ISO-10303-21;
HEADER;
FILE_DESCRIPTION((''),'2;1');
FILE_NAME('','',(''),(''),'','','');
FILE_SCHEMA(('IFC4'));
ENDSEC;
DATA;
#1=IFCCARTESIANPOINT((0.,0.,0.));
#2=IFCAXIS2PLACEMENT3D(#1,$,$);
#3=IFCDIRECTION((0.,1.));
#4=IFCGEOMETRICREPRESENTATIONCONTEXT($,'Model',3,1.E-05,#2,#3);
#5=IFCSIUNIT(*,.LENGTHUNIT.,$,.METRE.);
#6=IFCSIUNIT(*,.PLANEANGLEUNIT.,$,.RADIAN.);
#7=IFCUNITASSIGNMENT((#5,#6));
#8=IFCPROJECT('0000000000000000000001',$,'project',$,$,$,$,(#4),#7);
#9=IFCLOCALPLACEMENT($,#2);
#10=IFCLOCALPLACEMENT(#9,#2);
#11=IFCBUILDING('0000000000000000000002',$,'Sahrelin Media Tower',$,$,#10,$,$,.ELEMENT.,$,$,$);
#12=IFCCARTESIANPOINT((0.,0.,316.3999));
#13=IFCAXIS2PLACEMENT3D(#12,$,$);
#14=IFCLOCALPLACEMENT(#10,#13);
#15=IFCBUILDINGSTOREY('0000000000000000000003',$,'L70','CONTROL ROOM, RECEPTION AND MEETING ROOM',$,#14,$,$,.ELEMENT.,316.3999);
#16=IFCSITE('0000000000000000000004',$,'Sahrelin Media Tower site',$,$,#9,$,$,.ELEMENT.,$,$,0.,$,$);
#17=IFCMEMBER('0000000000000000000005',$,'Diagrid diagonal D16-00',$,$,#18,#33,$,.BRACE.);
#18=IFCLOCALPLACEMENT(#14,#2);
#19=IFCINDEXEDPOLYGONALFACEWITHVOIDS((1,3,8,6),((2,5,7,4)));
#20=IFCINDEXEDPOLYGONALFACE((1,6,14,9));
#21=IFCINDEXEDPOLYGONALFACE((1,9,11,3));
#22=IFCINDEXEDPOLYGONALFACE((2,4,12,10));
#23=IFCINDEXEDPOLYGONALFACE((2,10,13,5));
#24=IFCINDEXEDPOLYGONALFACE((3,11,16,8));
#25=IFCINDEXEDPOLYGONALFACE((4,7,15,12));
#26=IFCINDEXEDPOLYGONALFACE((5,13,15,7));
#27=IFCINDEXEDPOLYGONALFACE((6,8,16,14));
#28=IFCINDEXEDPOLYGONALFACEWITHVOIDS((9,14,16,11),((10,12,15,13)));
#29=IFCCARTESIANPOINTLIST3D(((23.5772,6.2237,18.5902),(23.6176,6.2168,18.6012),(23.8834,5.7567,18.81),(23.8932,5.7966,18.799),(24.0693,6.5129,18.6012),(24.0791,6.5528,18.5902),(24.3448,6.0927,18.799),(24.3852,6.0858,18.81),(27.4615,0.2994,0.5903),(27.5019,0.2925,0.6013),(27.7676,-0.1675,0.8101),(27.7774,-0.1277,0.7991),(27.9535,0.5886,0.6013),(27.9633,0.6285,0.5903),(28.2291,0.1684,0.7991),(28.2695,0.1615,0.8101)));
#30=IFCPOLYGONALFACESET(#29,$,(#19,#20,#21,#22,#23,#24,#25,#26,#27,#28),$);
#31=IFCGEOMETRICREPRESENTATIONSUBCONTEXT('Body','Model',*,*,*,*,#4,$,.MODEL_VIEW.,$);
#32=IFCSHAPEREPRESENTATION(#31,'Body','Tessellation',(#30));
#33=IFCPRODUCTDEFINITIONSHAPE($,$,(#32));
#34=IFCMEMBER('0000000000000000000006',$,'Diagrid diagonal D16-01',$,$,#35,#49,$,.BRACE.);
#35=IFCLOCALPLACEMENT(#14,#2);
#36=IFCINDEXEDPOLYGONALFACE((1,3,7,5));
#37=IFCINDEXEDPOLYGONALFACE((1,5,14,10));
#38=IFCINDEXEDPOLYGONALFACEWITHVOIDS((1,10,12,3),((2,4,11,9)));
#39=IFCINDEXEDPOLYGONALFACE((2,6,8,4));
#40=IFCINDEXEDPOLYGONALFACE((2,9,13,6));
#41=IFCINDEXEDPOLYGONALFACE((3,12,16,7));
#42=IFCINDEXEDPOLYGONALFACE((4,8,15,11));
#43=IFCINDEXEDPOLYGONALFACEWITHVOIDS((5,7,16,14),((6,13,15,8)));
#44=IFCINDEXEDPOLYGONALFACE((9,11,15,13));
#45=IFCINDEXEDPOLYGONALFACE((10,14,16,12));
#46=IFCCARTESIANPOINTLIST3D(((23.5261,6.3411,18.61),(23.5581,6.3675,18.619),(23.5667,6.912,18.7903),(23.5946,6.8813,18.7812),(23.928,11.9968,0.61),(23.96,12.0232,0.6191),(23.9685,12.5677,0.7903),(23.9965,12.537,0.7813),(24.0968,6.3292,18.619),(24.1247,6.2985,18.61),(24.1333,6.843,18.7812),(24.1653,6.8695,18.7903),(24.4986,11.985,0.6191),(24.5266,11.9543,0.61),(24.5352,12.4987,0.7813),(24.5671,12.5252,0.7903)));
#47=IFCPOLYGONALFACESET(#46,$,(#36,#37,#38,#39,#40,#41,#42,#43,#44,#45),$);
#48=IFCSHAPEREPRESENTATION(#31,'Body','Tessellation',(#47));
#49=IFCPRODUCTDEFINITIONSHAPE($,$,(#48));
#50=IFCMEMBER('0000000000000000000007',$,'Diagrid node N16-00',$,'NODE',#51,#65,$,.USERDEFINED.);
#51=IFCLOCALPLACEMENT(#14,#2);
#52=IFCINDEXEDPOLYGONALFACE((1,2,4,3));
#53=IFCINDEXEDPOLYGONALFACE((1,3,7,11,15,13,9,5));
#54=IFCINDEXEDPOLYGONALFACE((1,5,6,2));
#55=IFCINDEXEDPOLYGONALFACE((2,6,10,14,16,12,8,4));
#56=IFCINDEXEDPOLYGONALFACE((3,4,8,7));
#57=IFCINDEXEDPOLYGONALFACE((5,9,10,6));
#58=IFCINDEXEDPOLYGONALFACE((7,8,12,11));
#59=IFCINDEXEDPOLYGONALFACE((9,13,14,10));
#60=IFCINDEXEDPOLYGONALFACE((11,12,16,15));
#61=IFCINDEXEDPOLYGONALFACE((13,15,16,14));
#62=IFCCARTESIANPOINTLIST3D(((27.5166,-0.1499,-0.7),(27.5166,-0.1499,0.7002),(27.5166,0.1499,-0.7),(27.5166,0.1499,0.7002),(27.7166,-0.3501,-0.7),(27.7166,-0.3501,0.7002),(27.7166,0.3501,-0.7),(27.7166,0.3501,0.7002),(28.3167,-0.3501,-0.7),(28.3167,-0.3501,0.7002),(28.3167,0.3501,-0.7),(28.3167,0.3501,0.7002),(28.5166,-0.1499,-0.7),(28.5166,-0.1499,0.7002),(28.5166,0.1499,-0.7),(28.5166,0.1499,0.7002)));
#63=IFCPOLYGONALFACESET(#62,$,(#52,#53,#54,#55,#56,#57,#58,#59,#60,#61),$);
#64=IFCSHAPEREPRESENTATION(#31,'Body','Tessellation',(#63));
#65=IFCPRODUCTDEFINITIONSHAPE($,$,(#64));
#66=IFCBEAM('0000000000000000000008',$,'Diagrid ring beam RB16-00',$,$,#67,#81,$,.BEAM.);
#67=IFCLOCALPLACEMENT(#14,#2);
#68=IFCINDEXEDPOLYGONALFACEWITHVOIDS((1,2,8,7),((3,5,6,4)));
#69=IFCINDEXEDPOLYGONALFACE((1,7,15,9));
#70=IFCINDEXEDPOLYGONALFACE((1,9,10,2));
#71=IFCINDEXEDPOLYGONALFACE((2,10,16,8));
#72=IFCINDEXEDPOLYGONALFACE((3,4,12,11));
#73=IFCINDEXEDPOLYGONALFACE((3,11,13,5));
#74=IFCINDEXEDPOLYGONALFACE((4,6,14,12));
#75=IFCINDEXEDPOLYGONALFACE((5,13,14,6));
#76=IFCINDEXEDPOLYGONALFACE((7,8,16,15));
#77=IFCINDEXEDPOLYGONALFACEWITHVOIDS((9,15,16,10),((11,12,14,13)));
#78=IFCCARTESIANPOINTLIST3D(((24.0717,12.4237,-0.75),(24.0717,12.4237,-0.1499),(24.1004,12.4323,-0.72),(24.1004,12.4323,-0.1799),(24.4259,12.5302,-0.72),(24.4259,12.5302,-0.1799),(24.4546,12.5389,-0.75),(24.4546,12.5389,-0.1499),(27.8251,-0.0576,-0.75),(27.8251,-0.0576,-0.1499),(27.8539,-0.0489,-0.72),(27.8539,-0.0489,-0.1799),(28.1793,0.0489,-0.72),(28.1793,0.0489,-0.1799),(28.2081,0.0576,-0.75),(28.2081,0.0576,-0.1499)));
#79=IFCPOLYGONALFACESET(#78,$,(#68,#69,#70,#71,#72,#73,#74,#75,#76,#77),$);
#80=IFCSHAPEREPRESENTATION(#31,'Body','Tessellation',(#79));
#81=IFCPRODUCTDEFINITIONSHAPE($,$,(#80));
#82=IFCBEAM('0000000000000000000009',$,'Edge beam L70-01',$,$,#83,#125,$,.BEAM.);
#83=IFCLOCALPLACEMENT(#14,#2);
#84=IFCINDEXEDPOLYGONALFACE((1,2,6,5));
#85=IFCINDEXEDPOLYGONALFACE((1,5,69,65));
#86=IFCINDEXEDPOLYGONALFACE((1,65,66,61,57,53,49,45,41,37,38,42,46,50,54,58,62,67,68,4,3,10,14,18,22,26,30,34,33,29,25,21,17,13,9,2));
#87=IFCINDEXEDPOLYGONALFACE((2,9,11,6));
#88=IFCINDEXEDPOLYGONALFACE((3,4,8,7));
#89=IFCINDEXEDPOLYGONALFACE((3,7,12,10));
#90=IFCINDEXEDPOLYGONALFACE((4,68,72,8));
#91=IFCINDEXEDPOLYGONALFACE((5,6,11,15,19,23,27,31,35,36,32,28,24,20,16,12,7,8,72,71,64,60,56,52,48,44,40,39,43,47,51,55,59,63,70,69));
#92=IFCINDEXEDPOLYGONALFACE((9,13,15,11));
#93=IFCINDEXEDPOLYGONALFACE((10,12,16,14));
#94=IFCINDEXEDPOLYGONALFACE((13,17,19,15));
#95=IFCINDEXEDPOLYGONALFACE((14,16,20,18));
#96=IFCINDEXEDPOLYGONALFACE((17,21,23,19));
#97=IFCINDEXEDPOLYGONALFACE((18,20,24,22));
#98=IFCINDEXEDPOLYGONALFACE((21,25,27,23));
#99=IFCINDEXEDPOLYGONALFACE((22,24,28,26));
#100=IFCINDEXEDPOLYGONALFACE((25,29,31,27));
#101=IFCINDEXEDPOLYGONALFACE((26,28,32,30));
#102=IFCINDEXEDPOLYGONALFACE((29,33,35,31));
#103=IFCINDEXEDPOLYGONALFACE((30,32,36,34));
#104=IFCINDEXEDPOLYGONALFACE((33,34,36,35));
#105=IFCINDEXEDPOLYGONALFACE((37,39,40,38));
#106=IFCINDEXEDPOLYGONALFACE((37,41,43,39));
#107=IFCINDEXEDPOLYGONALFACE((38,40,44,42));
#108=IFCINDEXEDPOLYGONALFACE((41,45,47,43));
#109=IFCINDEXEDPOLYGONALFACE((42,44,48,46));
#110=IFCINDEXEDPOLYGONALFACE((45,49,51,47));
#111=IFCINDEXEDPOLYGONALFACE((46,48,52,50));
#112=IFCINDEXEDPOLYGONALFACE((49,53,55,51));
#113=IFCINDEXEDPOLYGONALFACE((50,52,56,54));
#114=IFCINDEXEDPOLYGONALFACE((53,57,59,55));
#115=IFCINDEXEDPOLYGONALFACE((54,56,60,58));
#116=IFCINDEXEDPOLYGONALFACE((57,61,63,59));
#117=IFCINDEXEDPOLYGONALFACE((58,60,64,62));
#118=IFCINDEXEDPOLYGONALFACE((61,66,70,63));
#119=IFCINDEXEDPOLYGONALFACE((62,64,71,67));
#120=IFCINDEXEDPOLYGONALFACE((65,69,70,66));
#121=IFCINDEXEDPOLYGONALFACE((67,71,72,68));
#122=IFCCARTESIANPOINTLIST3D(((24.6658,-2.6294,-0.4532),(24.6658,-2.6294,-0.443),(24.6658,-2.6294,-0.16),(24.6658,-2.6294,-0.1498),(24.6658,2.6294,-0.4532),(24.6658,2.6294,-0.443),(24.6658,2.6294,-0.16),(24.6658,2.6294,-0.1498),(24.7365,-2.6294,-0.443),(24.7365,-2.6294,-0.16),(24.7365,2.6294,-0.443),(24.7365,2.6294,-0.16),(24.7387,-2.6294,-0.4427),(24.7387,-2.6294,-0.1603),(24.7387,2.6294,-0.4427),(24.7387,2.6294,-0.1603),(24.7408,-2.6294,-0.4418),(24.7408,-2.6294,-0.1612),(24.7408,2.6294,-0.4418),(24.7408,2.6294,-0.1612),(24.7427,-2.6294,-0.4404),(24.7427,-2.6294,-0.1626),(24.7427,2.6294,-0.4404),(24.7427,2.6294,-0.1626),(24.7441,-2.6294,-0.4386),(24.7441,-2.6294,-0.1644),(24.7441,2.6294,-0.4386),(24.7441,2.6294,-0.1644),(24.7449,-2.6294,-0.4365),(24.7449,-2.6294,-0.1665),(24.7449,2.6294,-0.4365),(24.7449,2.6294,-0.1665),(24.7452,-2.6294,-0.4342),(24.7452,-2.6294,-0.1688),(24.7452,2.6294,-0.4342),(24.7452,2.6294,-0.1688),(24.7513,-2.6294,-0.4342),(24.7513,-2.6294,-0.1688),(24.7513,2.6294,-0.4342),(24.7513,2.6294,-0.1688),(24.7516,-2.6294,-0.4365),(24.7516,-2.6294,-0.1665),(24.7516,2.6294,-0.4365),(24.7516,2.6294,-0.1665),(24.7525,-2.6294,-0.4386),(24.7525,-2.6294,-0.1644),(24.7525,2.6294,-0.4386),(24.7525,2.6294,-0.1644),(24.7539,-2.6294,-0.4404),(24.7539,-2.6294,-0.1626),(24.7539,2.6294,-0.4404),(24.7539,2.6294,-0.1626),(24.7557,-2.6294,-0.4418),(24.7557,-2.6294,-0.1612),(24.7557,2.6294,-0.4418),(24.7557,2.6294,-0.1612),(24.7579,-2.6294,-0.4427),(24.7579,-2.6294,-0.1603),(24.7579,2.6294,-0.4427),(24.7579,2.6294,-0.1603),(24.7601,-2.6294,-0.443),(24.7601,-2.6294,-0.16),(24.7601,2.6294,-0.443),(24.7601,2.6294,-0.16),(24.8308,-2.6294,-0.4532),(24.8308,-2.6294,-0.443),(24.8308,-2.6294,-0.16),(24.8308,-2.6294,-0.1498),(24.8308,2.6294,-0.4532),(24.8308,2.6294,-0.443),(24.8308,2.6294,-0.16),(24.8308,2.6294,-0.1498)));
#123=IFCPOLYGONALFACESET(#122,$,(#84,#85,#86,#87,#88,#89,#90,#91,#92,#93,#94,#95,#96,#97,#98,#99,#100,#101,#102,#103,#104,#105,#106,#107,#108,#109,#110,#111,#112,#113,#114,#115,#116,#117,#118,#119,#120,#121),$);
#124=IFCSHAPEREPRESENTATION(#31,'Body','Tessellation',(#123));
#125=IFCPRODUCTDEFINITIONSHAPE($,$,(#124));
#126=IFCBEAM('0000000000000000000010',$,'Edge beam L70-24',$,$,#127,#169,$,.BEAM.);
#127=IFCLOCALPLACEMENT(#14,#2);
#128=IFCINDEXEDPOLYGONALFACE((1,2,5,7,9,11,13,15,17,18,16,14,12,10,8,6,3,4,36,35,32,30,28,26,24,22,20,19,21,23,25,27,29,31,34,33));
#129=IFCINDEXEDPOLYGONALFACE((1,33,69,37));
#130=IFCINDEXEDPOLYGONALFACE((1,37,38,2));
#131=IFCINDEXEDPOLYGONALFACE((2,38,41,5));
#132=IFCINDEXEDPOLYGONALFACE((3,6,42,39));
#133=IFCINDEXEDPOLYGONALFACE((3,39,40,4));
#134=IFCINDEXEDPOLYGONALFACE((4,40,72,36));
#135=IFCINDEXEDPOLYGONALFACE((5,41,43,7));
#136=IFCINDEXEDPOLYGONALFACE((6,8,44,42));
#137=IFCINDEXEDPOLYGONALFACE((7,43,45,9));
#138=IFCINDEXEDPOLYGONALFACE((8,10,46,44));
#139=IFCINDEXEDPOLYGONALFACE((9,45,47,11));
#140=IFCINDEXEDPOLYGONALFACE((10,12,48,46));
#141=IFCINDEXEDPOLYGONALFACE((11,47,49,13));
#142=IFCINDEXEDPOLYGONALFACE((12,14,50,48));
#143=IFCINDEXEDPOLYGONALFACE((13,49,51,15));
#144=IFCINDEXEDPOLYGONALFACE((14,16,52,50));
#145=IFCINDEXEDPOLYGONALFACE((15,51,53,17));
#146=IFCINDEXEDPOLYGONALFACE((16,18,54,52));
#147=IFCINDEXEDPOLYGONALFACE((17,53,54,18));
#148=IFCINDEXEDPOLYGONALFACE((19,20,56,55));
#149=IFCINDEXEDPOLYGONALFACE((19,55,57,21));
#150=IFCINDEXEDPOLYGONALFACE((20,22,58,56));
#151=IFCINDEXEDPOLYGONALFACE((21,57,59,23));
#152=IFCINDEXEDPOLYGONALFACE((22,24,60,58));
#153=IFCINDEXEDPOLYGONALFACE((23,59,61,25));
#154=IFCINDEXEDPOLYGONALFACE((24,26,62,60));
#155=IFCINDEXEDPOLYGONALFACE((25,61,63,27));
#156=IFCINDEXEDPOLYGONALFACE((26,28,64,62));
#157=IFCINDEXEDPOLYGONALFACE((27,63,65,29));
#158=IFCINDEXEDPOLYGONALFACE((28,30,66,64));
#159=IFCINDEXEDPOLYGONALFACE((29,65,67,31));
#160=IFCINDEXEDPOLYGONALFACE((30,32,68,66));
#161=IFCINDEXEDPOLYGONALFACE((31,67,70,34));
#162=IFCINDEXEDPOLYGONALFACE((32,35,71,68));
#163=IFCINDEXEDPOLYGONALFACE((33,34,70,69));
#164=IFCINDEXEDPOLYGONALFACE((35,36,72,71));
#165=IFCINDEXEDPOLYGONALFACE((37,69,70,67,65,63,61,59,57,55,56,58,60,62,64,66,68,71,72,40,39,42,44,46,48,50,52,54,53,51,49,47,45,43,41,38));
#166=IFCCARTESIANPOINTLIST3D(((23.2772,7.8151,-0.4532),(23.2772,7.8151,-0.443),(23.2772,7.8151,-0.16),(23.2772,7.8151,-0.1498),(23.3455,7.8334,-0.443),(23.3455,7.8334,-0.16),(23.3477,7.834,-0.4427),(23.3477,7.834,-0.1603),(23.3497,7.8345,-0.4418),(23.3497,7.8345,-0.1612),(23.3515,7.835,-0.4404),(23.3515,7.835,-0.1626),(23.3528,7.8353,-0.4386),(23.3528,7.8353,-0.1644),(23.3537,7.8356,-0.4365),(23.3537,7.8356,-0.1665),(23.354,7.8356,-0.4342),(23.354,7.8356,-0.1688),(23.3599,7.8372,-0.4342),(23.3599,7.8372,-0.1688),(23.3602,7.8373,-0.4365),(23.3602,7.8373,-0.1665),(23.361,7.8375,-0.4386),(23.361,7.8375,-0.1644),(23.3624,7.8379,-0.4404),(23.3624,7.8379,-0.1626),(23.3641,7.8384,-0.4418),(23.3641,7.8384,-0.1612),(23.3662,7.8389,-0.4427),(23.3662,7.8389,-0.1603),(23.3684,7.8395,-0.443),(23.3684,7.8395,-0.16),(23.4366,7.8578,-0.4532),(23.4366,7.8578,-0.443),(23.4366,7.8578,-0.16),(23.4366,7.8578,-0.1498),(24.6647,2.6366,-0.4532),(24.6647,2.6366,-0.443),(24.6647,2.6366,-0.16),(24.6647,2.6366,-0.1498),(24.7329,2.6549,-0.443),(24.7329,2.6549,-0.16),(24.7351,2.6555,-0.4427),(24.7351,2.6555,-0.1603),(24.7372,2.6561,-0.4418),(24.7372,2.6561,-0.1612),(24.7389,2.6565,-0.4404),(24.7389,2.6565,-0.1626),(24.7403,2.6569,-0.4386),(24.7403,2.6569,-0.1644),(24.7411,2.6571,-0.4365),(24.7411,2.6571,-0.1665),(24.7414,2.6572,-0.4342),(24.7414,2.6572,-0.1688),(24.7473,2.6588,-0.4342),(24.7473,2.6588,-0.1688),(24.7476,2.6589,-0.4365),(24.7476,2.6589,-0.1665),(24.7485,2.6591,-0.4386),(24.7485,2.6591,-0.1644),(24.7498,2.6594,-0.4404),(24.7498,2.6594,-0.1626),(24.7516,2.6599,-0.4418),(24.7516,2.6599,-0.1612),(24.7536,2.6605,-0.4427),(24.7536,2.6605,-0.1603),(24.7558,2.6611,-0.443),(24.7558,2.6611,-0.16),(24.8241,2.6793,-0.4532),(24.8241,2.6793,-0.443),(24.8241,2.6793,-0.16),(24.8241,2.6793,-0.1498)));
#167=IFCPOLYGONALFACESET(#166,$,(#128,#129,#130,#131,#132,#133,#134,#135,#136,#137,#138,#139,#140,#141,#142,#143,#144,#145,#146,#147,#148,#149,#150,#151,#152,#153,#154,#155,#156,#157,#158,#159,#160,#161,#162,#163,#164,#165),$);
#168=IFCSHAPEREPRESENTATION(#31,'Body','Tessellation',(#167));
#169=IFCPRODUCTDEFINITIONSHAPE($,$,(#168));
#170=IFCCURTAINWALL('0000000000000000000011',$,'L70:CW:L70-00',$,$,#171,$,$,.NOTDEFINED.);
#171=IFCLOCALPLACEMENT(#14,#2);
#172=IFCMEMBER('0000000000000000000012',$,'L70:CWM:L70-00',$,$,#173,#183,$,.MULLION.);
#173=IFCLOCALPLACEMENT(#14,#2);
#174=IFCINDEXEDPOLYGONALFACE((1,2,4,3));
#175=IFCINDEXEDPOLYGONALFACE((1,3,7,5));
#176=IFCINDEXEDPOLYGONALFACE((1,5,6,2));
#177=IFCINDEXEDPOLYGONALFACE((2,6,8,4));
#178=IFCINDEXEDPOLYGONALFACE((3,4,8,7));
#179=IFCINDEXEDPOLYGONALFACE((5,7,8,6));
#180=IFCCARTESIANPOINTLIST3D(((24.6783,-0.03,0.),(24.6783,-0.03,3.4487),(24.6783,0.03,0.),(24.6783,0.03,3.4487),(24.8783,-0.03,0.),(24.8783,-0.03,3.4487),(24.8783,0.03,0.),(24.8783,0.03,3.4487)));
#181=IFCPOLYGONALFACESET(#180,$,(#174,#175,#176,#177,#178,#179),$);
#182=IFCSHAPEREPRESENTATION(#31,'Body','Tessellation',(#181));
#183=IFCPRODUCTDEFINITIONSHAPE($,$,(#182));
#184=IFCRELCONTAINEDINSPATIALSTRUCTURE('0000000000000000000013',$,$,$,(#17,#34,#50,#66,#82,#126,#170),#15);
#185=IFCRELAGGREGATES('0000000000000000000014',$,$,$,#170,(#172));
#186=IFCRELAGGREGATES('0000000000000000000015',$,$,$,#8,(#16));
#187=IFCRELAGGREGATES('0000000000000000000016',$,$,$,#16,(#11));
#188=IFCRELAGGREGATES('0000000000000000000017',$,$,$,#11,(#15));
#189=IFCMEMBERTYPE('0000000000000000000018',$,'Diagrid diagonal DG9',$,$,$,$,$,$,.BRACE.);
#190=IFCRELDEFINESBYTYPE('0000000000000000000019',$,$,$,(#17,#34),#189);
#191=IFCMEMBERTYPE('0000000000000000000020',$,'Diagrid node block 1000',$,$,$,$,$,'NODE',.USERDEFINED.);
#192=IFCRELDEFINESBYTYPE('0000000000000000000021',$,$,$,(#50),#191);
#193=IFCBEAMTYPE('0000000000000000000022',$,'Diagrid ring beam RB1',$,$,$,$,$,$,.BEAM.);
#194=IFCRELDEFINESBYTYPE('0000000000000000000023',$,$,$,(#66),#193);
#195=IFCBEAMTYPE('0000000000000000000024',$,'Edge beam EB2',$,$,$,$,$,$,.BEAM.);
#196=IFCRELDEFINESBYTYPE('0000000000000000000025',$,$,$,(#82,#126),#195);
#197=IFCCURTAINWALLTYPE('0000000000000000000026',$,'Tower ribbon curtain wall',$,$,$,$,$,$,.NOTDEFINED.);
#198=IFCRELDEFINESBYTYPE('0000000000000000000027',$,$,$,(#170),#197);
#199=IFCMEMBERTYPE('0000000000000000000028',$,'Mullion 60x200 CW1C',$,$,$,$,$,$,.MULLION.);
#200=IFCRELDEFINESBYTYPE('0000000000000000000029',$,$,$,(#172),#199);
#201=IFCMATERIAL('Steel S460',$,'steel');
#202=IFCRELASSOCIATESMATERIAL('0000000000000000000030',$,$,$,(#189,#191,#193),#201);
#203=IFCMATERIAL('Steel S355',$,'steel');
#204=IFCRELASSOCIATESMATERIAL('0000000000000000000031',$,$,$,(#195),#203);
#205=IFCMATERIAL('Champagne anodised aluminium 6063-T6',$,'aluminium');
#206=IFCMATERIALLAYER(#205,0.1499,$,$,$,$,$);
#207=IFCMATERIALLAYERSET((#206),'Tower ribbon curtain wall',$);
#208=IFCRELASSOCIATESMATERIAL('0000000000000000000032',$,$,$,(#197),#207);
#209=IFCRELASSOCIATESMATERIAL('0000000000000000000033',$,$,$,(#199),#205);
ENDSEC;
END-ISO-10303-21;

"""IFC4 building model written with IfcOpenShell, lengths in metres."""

from ifc_helpers import new_model, si_unit, direction, frame, origin, origin_2d, place, context, subcontext, project, spatial, polyline, rectangle, hollow_rectangle, i_section, outline, extrude, material, layer, layer_set, material_profile, profile_set, type_object, element, aggregate, save


model = new_model("IFC4")

# Units and contexts
model_context = context("Model", 3, precision=1e-05, world=origin(), true_north=direction((0.0, 1.0)))
body_context = subcontext(model_context, "Body", "Model", "MODEL_VIEW")
ifc_project = project(units=[si_unit("LENGTHUNIT", "METRE"), si_unit("PLANEANGLEUNIT", "RADIAN")], contexts=[model_context])

# Site, building, storey
site_placement = place(None, origin())
site = spatial("IfcSite", under=ifc_project, at=site_placement, Name="Sahrelin Media Tower site", CompositionType="ELEMENT", RefElevation=0.0)
building_placement = place(site_placement, origin())
building = spatial("IfcBuilding", under=site, at=building_placement, Name="Sahrelin Media Tower", CompositionType="ELEMENT")
storey_placement = place(building_placement, frame((0.0, 0.0, 316.3999)))
storey = spatial("IfcBuildingStorey", under=building, at=storey_placement, Name="L70", Description="CONTROL ROOM, RECEPTION AND MEETING ROOM", CompositionType="ELEMENT", Elevation=316.3999)

# Members
ifc_material_1 = material(Name="Steel S460", Category="steel")
ifc_material_profile_1 = material_profile(ifc_material_1, hollow_rectangle(XDim=0.6001, YDim=0.6001, WallThickness=0.03, at=origin_2d()), Name="Diagrid diagonal DG9")
ifc_profile_set_1 = profile_set([ifc_material_profile_1], Name="Steel S460")
member_type_1 = type_object("IfcMemberType", Name="Diagrid diagonal DG9", PredefinedType="BRACE", material=ifc_profile_set_1)
member_1_placement = place(storey_placement, frame((27.8655, 0.2305, 0.7002), z_axis=(-0.200802, 0.306263, 0.930528), x_axis=(-0.836278, -0.548306, 0.0)))
element("IfcMember", 1, at=member_1_placement, inside=storey, type_object=member_type_1, Name="Diagrid diagonal D16-00", PredefinedType="BRACE", context=body_context, shape_type="SweptSolid", body=[
    extrude(hollow_rectangle(XDim=0.6001, YDim=0.6001, WallThickness=0.03, at=origin_2d()), origin(), (0.0, 0.0, 1.0), 19.3438),
])
member_2_placement = place(storey_placement, frame((24.2476, 12.261, 0.7002), z_axis=(-0.021294, -0.299692, 0.953798), x_axis=(0.997485, -0.070874, 0.0)))
element("IfcMember", 2, at=member_2_placement, inside=storey, type_object=member_type_1, Name="Diagrid diagonal D16-01", PredefinedType="BRACE", context=body_context, shape_type="SweptSolid", body=[
    extrude(hollow_rectangle(XDim=0.6001, YDim=0.6001, WallThickness=0.03, at=origin_2d()), origin(), (0.0, 0.0, 1.0), 18.8718),
])
ifc_material_profile_2 = material_profile(ifc_material_1, outline(polyline([(0.3, -0.3501), (0.5, -0.1499), (0.5, 0.1499), (0.3, 0.3501), (-0.3, 0.3501), (-0.5, 0.1499), (-0.5, -0.1499), (-0.3, -0.3501), (0.3, -0.3501)])), Name="Diagrid node block 1000")
ifc_profile_set_2 = profile_set([ifc_material_profile_2], Name="Steel S460")
member_type_2 = type_object("IfcMemberType", Name="Diagrid node block 1000", ElementType="NODE", PredefinedType="USERDEFINED", material=ifc_profile_set_2)
member_3_placement = place(storey_placement, frame((28.0166, 0.0, -0.7), z_axis=(0.0, 0.0, 1.0), x_axis=(1.0, 0.0, 0.0)))
element("IfcMember", 3, at=member_3_placement, inside=storey, type_object=member_type_2, Name="Diagrid node N16-00", ObjectType="NODE", PredefinedType="USERDEFINED", context=body_context, shape_type="SweptSolid", body=[
    extrude(outline(polyline([(0.3, -0.3501), (0.5, -0.1499), (0.5, 0.1499), (0.3, 0.3501), (-0.3, 0.3501), (-0.5, 0.1499), (-0.5, -0.1499), (-0.3, -0.3501), (0.3, -0.3501)])), origin(), (0.0, 0.0, 1.0), 1.4001),
])

# Beams
ifc_material_profile_3 = material_profile(ifc_material_1, hollow_rectangle(XDim=0.3999, YDim=0.6001, WallThickness=0.03, at=origin_2d()), Name="Diagrid ring beam RB1")
ifc_profile_set_3 = profile_set([ifc_material_profile_3], Name="Steel S460")
beam_type_1 = type_object("IfcBeamType", Name="Diagrid ring beam RB1", PredefinedType="BEAM", material=ifc_profile_set_3)
beam_1_placement = place(storey_placement, frame((28.0166, 0.0, -0.45), z_axis=(-0.287985, 0.957635, 0.0), x_axis=(-0.957635, -0.287985, 0.0)))
element("IfcBeam", 4, at=beam_1_placement, inside=storey, type_object=beam_type_1, Name="Diagrid ring beam RB16-00", PredefinedType="BEAM", context=body_context, shape_type="SweptSolid", body=[
    extrude(hollow_rectangle(XDim=0.3999, YDim=0.6001, WallThickness=0.03, at=origin_2d()), origin(), (0.0, 0.0, 1.0), 13.0334),
])
ifc_material_2 = material(Name="Steel S355", Category="steel")
ifc_material_profile_4 = material_profile(ifc_material_2, i_section(OverallWidth=0.165, OverallDepth=0.3035, WebThickness=0.0061, FlangeThickness=0.0103, FilletRadius=0.0088, at=origin_2d()), Name="UB 305x165x40")
ifc_profile_set_4 = profile_set([ifc_material_profile_4], Name="Steel S355")
beam_type_2 = type_object("IfcBeamType", Name="Edge beam EB2", PredefinedType="BEAM", material=ifc_profile_set_4)
beam_2_placement = place(storey_placement, frame((24.7483, 2.6294, -0.3015), z_axis=(0.0, -1.0, 0.0), x_axis=(1.0, 0.0, 0.0)))
element("IfcBeam", 5, at=beam_2_placement, inside=storey, type_object=beam_type_2, Name="Edge beam L70-01", PredefinedType="BEAM", context=body_context, shape_type="SweptSolid", body=[
    extrude(i_section(OverallWidth=0.165, OverallDepth=0.3035, WebThickness=0.0061, FlangeThickness=0.0103, FilletRadius=0.0088, at=origin_2d()), origin(), (0.0, 0.0, 1.0), 5.2588),
])
beam_3_placement = place(storey_placement, frame((23.3569, 7.8364, -0.3015), z_axis=(0.258799, -0.965931, 0.0), x_axis=(0.965931, 0.258799, 0.0)))
element("IfcBeam", 6, at=beam_3_placement, inside=storey, type_object=beam_type_2, Name="Edge beam L70-24", PredefinedType="BEAM", context=body_context, shape_type="SweptSolid", body=[
    extrude(i_section(OverallWidth=0.165, OverallDepth=0.3035, WebThickness=0.0061, FlangeThickness=0.0103, FilletRadius=0.0088, at=origin_2d()), origin(), (0.0, 0.0, 1.0), 5.3611),
])

# Curtain wall, member
ifc_material_3 = material(Name="Champagne anodised aluminium 6063-T6", Category="aluminium")
ifc_layer_1 = layer(ifc_material_3, 0.1499)
ifc_layer_set_1 = layer_set([ifc_layer_1], Name="Tower ribbon curtain wall")
curtain_wall_type = type_object("IfcCurtainWallType", Name="Tower ribbon curtain wall", PredefinedType="NOTDEFINED", material=ifc_layer_set_1)
curtain_wall_1_placement = place(storey_placement, frame((24.8982, 0.0, 0.0), z_axis=(0.0, 0.0, 1.0), x_axis=(1.0, 0.0, 0.0)))
curtain_wall_1 = element("IfcCurtainWall", 7, at=curtain_wall_1_placement, inside=storey, type_object=curtain_wall_type, Name="L70:CW:L70-00", PredefinedType="NOTDEFINED")
ifc_material_profile_5 = material_profile(ifc_material_3, rectangle(XDim=0.0601, YDim=0.2, at=origin_2d()), Name="Mullion 60x200")
ifc_profile_set_5 = profile_set([ifc_material_profile_5], Name="Champagne anodised aluminium 6063-T6")
member_type_3 = type_object("IfcMemberType", Name="Mullion 60x200 CW1C", PredefinedType="MULLION", material=ifc_profile_set_5)
member_4_placement = place(storey_placement, frame((24.7783, 0.0, 0.0), z_axis=(0.0, 0.0, 1.0), x_axis=(0.0, 1.0, 0.0)))
member_4 = element("IfcMember", 8, at=member_4_placement, type_object=member_type_3, Name="L70:CWM:L70-00", PredefinedType="MULLION", context=body_context, shape_type="SweptSolid", body=[
    extrude(rectangle(XDim=0.0601, YDim=0.2, at=origin_2d()), origin(), (0.0, 0.0, 1.0), 3.4487),
])
aggregate(curtain_wall_1, [member_4])

save(model, "model.ifc")
